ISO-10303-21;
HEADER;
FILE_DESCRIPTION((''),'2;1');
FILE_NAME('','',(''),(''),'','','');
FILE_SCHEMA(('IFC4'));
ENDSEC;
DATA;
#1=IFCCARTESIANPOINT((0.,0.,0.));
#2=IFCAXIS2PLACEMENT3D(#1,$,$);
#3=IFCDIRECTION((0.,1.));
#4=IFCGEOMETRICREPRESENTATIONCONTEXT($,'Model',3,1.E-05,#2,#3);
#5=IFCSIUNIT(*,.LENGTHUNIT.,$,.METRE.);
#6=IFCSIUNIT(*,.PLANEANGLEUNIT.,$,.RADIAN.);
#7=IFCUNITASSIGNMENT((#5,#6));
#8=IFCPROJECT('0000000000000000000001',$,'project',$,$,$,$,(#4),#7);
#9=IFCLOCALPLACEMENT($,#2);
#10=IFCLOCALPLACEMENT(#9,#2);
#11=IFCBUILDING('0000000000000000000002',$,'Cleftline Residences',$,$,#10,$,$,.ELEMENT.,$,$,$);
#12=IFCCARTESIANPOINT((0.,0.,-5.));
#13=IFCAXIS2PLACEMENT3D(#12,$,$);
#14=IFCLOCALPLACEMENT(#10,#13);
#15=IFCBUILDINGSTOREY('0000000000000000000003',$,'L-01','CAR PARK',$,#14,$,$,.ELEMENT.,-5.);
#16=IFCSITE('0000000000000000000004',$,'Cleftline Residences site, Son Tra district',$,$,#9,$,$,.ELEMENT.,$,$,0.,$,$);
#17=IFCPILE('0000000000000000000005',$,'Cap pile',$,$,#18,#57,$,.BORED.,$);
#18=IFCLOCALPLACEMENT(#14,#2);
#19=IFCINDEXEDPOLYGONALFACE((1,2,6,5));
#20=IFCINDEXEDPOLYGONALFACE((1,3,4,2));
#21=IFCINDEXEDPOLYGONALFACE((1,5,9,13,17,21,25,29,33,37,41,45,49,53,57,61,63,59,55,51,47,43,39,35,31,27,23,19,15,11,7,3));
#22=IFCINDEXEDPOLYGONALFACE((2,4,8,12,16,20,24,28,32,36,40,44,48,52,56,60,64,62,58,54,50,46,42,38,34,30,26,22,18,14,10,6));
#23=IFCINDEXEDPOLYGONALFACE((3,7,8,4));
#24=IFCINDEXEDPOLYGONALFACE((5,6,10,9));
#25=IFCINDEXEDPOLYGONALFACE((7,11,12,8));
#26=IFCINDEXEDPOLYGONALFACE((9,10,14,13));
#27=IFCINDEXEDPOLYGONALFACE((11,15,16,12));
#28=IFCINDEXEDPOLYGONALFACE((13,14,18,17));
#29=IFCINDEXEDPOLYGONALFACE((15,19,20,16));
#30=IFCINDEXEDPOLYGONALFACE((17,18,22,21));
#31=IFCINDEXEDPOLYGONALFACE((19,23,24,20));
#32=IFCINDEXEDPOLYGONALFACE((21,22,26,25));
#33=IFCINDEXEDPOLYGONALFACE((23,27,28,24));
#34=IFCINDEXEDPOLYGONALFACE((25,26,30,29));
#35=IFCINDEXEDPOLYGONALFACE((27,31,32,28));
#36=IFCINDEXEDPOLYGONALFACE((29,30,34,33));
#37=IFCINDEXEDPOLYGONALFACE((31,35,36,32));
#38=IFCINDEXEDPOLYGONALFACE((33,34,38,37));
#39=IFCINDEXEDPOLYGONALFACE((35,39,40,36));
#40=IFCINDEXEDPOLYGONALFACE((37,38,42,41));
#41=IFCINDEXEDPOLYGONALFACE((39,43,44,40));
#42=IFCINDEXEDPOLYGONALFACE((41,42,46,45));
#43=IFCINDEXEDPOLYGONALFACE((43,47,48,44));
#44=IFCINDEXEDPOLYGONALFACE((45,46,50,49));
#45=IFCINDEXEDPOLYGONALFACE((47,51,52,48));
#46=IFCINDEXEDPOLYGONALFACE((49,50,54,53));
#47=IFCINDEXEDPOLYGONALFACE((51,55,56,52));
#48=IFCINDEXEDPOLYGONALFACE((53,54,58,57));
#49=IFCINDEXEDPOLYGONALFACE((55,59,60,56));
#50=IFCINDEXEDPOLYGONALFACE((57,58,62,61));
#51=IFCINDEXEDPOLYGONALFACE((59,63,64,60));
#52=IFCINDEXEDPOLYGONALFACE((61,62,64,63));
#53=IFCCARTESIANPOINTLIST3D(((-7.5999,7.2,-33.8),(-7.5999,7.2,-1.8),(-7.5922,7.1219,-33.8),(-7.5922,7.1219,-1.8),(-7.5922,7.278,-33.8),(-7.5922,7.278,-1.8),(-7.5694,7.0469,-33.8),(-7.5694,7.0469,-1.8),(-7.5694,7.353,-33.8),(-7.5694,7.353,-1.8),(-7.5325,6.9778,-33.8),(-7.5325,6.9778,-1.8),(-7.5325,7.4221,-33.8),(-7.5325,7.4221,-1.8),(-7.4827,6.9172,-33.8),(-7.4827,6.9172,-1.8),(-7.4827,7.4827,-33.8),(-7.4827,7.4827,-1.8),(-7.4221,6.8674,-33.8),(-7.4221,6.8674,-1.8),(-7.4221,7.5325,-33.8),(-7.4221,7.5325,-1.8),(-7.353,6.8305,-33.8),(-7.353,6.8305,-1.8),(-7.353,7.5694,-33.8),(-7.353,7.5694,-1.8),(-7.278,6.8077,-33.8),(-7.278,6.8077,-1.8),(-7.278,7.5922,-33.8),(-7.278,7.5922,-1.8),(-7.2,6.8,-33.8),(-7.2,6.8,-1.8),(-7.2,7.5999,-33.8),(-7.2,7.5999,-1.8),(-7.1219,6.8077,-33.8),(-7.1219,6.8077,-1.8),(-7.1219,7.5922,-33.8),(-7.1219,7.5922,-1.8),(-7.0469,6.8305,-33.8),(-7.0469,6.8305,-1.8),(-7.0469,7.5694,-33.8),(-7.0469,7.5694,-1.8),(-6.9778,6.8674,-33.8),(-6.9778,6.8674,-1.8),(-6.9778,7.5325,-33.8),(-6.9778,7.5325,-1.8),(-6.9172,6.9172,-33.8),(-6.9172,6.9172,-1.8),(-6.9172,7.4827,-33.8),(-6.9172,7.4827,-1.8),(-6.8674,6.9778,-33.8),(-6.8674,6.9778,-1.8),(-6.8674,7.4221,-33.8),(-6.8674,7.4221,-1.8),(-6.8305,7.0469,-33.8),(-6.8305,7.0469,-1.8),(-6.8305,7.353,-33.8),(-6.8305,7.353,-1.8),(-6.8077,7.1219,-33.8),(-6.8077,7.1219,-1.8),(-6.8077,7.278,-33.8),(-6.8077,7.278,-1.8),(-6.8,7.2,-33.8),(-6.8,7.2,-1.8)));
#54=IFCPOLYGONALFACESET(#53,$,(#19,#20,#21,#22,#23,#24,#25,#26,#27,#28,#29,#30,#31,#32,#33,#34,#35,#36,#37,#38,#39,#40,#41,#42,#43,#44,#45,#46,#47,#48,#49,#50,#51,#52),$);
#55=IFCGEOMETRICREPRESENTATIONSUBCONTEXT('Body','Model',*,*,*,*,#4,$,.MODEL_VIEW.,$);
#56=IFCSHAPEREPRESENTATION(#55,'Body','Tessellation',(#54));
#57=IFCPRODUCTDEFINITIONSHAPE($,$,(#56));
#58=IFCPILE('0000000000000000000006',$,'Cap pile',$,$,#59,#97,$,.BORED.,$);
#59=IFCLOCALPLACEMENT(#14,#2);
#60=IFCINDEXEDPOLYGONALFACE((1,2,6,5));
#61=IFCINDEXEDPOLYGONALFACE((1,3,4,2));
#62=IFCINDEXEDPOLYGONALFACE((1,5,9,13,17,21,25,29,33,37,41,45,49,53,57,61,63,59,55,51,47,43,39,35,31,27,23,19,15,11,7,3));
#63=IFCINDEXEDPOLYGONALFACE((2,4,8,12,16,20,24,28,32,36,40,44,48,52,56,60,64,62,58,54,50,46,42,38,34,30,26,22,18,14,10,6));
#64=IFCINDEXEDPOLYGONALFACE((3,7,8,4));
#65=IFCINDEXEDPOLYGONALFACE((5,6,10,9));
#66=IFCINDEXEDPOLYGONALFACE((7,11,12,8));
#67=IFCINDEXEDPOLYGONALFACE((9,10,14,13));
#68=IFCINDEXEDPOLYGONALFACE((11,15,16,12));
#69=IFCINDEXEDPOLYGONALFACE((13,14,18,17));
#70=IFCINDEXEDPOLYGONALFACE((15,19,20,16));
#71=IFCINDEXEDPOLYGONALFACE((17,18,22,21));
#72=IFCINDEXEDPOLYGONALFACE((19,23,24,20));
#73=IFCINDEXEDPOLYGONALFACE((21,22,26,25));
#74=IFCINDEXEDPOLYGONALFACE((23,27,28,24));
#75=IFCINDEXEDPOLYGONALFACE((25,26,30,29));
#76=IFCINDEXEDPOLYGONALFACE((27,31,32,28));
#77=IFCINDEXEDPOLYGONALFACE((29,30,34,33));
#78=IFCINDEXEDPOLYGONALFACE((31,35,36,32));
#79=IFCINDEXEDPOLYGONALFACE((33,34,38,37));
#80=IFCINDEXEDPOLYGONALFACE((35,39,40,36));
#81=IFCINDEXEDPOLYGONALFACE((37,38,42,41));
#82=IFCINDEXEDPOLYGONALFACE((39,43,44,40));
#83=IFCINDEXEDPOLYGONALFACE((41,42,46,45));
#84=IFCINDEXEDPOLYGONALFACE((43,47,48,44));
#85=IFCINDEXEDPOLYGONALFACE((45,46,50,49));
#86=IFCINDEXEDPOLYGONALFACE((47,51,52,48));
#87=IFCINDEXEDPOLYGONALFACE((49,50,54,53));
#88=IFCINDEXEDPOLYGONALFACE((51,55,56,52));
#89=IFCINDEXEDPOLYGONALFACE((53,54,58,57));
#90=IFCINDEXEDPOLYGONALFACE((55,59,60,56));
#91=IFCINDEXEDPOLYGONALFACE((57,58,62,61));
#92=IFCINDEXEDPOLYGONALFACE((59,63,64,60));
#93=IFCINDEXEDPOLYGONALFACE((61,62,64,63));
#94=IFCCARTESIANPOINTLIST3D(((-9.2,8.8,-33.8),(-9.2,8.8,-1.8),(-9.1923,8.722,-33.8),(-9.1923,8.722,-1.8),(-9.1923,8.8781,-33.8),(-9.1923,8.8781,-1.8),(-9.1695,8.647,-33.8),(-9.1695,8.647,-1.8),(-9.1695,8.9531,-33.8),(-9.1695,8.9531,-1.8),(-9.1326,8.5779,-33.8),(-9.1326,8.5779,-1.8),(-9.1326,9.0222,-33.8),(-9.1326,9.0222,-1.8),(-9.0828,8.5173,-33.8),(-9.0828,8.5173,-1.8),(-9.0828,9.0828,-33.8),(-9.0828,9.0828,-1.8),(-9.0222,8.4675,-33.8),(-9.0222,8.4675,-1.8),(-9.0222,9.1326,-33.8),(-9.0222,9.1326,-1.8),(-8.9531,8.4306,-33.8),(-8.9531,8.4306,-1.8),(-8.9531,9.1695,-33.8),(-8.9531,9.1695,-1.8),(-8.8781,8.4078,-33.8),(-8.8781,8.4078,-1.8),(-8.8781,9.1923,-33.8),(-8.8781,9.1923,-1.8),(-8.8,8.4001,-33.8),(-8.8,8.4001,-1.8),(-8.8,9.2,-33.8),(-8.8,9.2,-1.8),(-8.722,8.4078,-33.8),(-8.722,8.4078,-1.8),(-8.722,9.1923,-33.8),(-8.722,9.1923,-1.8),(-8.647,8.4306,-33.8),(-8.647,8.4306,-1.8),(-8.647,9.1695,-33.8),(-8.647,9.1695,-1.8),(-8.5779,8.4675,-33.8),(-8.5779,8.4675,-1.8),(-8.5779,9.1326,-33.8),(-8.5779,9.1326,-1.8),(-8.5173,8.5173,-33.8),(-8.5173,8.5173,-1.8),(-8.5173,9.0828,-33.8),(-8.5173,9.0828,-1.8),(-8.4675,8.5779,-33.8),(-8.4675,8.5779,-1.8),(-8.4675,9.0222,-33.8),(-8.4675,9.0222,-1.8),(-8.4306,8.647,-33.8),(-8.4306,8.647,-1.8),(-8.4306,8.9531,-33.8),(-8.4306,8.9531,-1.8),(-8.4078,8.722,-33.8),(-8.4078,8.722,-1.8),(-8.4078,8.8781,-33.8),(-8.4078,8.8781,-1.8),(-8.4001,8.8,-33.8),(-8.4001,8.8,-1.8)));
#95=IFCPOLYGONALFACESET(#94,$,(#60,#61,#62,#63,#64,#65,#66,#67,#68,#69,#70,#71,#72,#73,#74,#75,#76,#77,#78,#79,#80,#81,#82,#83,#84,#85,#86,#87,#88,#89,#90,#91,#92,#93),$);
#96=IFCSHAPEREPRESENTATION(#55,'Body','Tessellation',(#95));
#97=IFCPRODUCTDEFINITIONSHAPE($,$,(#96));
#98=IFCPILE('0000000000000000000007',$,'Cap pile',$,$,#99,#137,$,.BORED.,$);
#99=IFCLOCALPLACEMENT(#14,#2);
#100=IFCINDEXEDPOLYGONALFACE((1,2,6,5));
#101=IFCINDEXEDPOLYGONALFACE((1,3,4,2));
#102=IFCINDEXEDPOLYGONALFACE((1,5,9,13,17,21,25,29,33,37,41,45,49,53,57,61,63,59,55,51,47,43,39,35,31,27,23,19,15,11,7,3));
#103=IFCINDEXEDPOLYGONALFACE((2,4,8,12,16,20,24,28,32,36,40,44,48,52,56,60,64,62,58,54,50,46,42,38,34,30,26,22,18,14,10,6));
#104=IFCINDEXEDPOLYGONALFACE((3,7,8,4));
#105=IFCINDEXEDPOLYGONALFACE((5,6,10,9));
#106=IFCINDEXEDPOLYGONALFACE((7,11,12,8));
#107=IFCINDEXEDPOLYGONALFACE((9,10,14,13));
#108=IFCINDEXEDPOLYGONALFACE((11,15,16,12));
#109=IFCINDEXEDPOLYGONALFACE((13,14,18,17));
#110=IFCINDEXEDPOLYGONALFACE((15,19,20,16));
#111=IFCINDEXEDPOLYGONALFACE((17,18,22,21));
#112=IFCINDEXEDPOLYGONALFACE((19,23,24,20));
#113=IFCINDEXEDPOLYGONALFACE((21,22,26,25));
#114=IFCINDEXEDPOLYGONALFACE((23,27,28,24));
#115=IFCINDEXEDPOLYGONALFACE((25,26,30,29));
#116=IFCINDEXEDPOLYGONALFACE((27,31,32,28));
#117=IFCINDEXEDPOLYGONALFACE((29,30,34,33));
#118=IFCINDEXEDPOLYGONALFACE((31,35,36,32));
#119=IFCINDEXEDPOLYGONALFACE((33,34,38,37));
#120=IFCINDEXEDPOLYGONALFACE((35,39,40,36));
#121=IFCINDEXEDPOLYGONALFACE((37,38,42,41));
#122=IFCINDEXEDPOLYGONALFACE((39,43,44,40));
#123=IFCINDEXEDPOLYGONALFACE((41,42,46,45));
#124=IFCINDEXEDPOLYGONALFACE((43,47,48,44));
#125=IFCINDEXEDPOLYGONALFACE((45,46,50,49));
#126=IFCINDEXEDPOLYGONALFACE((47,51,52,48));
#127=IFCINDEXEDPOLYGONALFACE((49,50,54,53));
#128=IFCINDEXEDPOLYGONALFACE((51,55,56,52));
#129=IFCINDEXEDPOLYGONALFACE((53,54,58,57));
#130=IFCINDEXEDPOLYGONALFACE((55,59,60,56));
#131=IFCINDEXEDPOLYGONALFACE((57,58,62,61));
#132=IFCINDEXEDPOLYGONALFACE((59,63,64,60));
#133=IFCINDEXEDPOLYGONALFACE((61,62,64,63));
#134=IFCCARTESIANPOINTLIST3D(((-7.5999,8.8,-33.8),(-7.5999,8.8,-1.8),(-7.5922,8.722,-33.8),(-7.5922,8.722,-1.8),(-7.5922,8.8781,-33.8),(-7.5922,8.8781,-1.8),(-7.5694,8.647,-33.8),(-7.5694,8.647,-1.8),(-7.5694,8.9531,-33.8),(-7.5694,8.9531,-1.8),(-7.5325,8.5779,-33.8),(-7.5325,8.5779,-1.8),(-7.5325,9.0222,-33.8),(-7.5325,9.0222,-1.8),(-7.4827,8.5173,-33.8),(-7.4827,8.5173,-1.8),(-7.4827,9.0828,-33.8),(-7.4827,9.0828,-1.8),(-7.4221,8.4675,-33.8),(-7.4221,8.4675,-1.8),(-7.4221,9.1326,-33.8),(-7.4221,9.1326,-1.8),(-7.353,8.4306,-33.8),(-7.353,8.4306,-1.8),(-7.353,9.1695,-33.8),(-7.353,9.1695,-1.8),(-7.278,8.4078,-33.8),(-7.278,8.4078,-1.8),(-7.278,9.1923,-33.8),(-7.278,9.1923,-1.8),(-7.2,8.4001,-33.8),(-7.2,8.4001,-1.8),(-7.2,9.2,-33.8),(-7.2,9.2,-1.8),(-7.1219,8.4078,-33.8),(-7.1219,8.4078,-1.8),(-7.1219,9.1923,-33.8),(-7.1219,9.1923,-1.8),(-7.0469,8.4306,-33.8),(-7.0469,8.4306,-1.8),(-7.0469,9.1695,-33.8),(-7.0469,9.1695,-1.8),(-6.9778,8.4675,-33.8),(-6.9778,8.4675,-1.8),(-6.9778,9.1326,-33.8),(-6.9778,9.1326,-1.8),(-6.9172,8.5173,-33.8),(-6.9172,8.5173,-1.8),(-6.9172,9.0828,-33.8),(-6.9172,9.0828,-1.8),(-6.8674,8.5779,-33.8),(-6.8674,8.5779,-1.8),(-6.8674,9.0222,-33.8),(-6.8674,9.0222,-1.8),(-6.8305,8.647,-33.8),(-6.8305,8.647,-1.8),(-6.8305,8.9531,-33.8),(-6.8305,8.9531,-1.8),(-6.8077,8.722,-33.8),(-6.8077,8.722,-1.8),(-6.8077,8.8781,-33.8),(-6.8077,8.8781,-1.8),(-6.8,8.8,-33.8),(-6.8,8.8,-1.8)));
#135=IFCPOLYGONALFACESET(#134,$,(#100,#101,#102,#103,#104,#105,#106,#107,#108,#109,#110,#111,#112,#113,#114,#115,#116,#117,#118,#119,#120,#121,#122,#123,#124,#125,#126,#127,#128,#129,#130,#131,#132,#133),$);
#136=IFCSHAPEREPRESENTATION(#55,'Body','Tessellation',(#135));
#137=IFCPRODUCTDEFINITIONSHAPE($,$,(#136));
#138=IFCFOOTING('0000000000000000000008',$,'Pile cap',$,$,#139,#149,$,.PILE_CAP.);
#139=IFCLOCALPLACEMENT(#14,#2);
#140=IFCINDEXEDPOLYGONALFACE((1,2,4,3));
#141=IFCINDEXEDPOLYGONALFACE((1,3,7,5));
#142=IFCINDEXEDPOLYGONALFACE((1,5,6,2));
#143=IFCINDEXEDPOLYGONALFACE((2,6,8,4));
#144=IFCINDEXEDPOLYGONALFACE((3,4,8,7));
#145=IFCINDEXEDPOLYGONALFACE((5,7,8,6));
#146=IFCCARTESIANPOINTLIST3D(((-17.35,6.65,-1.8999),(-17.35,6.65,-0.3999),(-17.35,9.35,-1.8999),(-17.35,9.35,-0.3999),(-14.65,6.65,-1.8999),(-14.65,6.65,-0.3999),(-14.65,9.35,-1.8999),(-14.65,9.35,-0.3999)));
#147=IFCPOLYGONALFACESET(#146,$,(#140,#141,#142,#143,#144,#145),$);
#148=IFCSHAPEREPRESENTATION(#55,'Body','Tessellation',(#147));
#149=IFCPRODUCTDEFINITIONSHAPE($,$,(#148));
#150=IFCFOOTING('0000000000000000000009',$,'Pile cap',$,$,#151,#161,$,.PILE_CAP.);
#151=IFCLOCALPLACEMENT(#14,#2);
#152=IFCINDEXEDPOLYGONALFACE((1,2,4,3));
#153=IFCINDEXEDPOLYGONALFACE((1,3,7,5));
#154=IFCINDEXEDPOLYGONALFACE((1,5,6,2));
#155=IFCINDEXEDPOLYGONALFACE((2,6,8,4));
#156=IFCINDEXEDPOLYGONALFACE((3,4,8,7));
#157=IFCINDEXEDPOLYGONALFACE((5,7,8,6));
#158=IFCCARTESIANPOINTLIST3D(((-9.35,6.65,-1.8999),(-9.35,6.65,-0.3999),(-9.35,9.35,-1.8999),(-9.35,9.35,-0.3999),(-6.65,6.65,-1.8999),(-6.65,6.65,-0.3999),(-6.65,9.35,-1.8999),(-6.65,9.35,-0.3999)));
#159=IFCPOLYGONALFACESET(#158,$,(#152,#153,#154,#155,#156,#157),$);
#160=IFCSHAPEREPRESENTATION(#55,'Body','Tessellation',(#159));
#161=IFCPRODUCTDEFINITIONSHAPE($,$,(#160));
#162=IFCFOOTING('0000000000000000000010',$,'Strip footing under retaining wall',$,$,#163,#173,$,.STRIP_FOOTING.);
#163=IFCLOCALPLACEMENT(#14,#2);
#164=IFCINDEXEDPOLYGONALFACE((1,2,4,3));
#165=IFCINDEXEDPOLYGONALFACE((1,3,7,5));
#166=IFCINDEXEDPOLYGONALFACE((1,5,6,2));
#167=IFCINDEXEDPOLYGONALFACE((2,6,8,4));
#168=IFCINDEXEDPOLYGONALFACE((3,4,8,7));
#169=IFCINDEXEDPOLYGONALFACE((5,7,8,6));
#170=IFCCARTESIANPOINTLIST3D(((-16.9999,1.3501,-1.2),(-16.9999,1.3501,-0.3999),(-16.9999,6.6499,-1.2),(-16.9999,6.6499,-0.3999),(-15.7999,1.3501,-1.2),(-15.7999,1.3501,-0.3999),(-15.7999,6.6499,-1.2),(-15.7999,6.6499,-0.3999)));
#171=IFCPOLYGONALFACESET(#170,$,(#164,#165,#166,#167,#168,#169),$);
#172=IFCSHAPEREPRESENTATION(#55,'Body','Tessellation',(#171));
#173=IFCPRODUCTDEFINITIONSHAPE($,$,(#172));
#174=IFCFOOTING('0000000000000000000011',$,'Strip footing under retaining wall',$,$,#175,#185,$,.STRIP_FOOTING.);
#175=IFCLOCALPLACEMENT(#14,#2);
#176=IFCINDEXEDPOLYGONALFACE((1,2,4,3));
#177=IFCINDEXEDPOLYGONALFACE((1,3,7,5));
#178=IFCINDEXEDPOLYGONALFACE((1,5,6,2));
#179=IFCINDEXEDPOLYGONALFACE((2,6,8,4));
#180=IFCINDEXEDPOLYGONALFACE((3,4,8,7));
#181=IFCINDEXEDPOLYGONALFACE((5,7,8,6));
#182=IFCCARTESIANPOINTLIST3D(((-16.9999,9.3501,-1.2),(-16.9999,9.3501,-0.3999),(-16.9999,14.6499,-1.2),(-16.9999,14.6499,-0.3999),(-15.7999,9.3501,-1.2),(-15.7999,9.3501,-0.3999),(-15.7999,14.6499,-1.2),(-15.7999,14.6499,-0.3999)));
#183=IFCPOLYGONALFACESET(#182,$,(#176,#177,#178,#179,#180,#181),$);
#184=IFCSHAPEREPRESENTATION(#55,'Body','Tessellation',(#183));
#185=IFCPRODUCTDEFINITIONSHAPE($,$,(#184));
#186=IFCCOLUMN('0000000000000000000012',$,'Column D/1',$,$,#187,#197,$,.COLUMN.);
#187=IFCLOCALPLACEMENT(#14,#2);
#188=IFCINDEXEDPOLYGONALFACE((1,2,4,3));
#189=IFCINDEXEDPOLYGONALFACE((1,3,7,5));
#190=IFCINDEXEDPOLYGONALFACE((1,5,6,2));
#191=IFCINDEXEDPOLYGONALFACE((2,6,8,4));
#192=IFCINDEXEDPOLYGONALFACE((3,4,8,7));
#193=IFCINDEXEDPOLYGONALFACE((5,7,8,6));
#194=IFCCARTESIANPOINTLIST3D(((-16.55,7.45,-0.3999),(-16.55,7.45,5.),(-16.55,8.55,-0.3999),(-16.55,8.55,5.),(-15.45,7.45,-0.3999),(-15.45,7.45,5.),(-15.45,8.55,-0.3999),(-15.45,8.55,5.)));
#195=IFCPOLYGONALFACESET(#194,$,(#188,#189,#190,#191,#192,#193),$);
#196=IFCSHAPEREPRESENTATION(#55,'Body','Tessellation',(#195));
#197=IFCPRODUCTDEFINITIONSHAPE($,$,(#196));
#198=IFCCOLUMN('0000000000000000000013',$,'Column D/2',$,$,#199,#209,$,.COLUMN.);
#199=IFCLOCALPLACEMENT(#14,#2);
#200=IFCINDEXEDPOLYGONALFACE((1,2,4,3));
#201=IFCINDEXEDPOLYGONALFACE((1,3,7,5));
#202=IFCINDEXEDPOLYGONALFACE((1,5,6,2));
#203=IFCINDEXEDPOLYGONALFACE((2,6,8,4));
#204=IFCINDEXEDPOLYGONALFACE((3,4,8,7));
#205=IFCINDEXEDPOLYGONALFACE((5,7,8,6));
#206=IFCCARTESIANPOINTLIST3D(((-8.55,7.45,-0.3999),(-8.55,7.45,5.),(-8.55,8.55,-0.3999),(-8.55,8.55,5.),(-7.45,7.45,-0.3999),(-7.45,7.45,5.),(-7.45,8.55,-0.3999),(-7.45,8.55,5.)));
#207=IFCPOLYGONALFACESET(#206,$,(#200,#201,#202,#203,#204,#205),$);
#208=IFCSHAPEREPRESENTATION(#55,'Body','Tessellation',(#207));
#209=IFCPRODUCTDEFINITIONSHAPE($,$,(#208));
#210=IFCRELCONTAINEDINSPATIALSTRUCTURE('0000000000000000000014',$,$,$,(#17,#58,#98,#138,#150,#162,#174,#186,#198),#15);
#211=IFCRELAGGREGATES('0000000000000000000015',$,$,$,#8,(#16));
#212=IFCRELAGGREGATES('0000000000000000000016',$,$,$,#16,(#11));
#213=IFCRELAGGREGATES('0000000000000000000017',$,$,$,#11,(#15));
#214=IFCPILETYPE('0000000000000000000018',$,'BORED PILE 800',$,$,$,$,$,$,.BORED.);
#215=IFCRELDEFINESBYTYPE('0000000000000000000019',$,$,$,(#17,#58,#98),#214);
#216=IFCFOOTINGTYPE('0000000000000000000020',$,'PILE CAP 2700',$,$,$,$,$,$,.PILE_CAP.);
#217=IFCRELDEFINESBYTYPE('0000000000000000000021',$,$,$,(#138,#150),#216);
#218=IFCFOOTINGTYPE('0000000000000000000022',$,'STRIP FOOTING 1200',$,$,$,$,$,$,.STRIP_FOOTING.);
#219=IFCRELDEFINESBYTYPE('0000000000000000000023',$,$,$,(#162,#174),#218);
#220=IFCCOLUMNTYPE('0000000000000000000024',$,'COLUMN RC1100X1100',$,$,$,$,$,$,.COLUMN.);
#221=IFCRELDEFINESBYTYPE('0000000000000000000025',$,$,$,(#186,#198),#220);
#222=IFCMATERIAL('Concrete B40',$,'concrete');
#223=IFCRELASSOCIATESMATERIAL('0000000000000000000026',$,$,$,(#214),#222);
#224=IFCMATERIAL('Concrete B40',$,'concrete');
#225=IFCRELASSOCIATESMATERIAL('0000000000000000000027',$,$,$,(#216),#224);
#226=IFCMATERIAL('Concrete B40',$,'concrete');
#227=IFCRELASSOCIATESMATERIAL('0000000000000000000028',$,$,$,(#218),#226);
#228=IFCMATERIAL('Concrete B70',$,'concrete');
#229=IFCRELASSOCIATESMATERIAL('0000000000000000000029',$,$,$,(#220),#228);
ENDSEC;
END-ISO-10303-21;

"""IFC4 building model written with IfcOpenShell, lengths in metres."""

from ifc_helpers import new_model, si_unit, direction, frame, frame_2d, origin, origin_2d, place, context, subcontext, project, spatial, rectangle, circle, extrude, material, material_profile, profile_set, type_object, element, save


model = new_model("IFC4")

# Units and contexts
model_context = context("Model", 3, precision=1e-05, world=origin(), true_north=direction((0.0, 1.0)))
body_context = subcontext(model_context, "Body", "Model", "MODEL_VIEW")
ifc_project = project(units=[si_unit("LENGTHUNIT", "METRE"), si_unit("PLANEANGLEUNIT", "RADIAN")], contexts=[model_context])

# Site, building, storey
site_placement = place(None, origin())
site = spatial("IfcSite", under=ifc_project, at=site_placement, Name="Cleftline Residences site, Son Tra district", CompositionType="ELEMENT", RefElevation=0.0)
building_placement = place(site_placement, origin())
building = spatial("IfcBuilding", under=site, at=building_placement, Name="Cleftline Residences", CompositionType="ELEMENT")
storey_placement = place(building_placement, frame((0.0, 0.0, -5.0)))
storey = spatial("IfcBuildingStorey", under=building, at=storey_placement, Name="L-01", Description="CAR PARK", CompositionType="ELEMENT", Elevation=-5.0)

# Piles
ifc_material_1 = material(Name="Concrete B40", Category="concrete")
ifc_material_profile_1 = material_profile(ifc_material_1, circle(Radius=0.3999, at=origin_2d()))
ifc_profile_set_1 = profile_set([ifc_material_profile_1], Name="Concrete B40")
pile_type_1 = type_object("IfcPileType", Name="BORED PILE 800", PredefinedType="BORED", material=ifc_profile_set_1)
for number, where, z_axis, x_axis, name in (
    (1, (-7.2, 7.2, -1.8), (0.0, 0.0, -1.0), (1.0, 0.0, 0.0), "Cap pile"),
    (2, (-8.8, 8.8, -1.8), (0.0, 0.0, -1.0), (1.0, 0.0, 0.0), "Cap pile"),
    (3, (-7.2, 8.8, -1.8), (0.0, 0.0, -1.0), (1.0, 0.0, 0.0), "Cap pile"),
):
    element("IfcPile", number, at=place(storey_placement, frame(where, z_axis=z_axis, x_axis=x_axis)), inside=storey, type_object=pile_type_1, Name=name, PredefinedType="BORED", context=body_context, shape_type="SweptSolid", body=[
        extrude(circle(Radius=0.3999, at=origin_2d()), origin(), (0.0, 0.0, 1.0), 32.0),
    ])

# Footings
ifc_material_2 = material(Name="Concrete B40", Category="concrete")
footing_type_1 = type_object("IfcFootingType", Name="PILE CAP 2700", PredefinedType="PILE_CAP", material=ifc_material_2)
for number, where, z_axis, x_axis, name in (
    (4, (-16.0, 8.0, -1.8999), (0.0, 0.0, 1.0), (1.0, 0.0, 0.0), "Pile cap"),
    (5, (-8.0, 8.0, -1.8999), (0.0, 0.0, 1.0), (1.0, 0.0, 0.0), "Pile cap"),
):
    element("IfcFooting", number, at=place(storey_placement, frame(where, z_axis=z_axis, x_axis=x_axis)), inside=storey, type_object=footing_type_1, Name=name, PredefinedType="PILE_CAP", context=body_context, shape_type="SweptSolid", body=[
        extrude(rectangle(XDim=2.7, YDim=2.7, at=origin_2d()), origin(), (0.0, 0.0, 1.0), 1.5),
    ])
ifc_material_3 = material(Name="Concrete B40", Category="concrete")
footing_type_2 = type_object("IfcFootingType", Name="STRIP FOOTING 1200", PredefinedType="STRIP_FOOTING", material=ifc_material_3)
for number, where, z_axis, x_axis, name in (
    (6, (-16.3999, 1.3501, -1.2), (0.0, 0.0, 1.0), (0.0, 1.0, 0.0), "Strip footing under retaining wall"),
    (7, (-16.3999, 9.3501, -1.2), (0.0, 0.0, 1.0), (0.0, 1.0, 0.0), "Strip footing under retaining wall"),
):
    element("IfcFooting", number, at=place(storey_placement, frame(where, z_axis=z_axis, x_axis=x_axis)), inside=storey, type_object=footing_type_2, Name=name, PredefinedType="STRIP_FOOTING", context=body_context, shape_type="SweptSolid", body=[
        extrude(rectangle(XDim=5.2998, YDim=1.2, at=frame_2d((2.6499, 0.0))), origin(), (0.0, 0.0, 1.0), 0.8),
    ])

# Columns
ifc_material_4 = material(Name="Concrete B70", Category="concrete")
ifc_material_profile_2 = material_profile(ifc_material_4, rectangle(XDim=1.1001, YDim=1.1001, at=origin_2d()))
ifc_profile_set_2 = profile_set([ifc_material_profile_2], Name="Concrete B70")
column_type = type_object("IfcColumnType", Name="COLUMN RC1100X1100", PredefinedType="COLUMN", material=ifc_profile_set_2)
for number, where, z_axis, x_axis, name in (
    (8, (-16.0, 8.0, -0.3999), (0.0, 0.0, 1.0), (1.0, 0.0, 0.0), "Column D/1"),
    (9, (-8.0, 8.0, -0.3999), (0.0, 0.0, 1.0), (1.0, 0.0, 0.0), "Column D/2"),
):
    element("IfcColumn", number, at=place(storey_placement, frame(where, z_axis=z_axis, x_axis=x_axis)), inside=storey, type_object=column_type, Name=name, PredefinedType="COLUMN", context=body_context, shape_type="SweptSolid", body=[
        extrude(rectangle(XDim=1.1001, YDim=1.1001, at=origin_2d()), origin(), (0.0, 0.0, 1.0), 5.3999),
    ])

save(model, "model.ifc")
